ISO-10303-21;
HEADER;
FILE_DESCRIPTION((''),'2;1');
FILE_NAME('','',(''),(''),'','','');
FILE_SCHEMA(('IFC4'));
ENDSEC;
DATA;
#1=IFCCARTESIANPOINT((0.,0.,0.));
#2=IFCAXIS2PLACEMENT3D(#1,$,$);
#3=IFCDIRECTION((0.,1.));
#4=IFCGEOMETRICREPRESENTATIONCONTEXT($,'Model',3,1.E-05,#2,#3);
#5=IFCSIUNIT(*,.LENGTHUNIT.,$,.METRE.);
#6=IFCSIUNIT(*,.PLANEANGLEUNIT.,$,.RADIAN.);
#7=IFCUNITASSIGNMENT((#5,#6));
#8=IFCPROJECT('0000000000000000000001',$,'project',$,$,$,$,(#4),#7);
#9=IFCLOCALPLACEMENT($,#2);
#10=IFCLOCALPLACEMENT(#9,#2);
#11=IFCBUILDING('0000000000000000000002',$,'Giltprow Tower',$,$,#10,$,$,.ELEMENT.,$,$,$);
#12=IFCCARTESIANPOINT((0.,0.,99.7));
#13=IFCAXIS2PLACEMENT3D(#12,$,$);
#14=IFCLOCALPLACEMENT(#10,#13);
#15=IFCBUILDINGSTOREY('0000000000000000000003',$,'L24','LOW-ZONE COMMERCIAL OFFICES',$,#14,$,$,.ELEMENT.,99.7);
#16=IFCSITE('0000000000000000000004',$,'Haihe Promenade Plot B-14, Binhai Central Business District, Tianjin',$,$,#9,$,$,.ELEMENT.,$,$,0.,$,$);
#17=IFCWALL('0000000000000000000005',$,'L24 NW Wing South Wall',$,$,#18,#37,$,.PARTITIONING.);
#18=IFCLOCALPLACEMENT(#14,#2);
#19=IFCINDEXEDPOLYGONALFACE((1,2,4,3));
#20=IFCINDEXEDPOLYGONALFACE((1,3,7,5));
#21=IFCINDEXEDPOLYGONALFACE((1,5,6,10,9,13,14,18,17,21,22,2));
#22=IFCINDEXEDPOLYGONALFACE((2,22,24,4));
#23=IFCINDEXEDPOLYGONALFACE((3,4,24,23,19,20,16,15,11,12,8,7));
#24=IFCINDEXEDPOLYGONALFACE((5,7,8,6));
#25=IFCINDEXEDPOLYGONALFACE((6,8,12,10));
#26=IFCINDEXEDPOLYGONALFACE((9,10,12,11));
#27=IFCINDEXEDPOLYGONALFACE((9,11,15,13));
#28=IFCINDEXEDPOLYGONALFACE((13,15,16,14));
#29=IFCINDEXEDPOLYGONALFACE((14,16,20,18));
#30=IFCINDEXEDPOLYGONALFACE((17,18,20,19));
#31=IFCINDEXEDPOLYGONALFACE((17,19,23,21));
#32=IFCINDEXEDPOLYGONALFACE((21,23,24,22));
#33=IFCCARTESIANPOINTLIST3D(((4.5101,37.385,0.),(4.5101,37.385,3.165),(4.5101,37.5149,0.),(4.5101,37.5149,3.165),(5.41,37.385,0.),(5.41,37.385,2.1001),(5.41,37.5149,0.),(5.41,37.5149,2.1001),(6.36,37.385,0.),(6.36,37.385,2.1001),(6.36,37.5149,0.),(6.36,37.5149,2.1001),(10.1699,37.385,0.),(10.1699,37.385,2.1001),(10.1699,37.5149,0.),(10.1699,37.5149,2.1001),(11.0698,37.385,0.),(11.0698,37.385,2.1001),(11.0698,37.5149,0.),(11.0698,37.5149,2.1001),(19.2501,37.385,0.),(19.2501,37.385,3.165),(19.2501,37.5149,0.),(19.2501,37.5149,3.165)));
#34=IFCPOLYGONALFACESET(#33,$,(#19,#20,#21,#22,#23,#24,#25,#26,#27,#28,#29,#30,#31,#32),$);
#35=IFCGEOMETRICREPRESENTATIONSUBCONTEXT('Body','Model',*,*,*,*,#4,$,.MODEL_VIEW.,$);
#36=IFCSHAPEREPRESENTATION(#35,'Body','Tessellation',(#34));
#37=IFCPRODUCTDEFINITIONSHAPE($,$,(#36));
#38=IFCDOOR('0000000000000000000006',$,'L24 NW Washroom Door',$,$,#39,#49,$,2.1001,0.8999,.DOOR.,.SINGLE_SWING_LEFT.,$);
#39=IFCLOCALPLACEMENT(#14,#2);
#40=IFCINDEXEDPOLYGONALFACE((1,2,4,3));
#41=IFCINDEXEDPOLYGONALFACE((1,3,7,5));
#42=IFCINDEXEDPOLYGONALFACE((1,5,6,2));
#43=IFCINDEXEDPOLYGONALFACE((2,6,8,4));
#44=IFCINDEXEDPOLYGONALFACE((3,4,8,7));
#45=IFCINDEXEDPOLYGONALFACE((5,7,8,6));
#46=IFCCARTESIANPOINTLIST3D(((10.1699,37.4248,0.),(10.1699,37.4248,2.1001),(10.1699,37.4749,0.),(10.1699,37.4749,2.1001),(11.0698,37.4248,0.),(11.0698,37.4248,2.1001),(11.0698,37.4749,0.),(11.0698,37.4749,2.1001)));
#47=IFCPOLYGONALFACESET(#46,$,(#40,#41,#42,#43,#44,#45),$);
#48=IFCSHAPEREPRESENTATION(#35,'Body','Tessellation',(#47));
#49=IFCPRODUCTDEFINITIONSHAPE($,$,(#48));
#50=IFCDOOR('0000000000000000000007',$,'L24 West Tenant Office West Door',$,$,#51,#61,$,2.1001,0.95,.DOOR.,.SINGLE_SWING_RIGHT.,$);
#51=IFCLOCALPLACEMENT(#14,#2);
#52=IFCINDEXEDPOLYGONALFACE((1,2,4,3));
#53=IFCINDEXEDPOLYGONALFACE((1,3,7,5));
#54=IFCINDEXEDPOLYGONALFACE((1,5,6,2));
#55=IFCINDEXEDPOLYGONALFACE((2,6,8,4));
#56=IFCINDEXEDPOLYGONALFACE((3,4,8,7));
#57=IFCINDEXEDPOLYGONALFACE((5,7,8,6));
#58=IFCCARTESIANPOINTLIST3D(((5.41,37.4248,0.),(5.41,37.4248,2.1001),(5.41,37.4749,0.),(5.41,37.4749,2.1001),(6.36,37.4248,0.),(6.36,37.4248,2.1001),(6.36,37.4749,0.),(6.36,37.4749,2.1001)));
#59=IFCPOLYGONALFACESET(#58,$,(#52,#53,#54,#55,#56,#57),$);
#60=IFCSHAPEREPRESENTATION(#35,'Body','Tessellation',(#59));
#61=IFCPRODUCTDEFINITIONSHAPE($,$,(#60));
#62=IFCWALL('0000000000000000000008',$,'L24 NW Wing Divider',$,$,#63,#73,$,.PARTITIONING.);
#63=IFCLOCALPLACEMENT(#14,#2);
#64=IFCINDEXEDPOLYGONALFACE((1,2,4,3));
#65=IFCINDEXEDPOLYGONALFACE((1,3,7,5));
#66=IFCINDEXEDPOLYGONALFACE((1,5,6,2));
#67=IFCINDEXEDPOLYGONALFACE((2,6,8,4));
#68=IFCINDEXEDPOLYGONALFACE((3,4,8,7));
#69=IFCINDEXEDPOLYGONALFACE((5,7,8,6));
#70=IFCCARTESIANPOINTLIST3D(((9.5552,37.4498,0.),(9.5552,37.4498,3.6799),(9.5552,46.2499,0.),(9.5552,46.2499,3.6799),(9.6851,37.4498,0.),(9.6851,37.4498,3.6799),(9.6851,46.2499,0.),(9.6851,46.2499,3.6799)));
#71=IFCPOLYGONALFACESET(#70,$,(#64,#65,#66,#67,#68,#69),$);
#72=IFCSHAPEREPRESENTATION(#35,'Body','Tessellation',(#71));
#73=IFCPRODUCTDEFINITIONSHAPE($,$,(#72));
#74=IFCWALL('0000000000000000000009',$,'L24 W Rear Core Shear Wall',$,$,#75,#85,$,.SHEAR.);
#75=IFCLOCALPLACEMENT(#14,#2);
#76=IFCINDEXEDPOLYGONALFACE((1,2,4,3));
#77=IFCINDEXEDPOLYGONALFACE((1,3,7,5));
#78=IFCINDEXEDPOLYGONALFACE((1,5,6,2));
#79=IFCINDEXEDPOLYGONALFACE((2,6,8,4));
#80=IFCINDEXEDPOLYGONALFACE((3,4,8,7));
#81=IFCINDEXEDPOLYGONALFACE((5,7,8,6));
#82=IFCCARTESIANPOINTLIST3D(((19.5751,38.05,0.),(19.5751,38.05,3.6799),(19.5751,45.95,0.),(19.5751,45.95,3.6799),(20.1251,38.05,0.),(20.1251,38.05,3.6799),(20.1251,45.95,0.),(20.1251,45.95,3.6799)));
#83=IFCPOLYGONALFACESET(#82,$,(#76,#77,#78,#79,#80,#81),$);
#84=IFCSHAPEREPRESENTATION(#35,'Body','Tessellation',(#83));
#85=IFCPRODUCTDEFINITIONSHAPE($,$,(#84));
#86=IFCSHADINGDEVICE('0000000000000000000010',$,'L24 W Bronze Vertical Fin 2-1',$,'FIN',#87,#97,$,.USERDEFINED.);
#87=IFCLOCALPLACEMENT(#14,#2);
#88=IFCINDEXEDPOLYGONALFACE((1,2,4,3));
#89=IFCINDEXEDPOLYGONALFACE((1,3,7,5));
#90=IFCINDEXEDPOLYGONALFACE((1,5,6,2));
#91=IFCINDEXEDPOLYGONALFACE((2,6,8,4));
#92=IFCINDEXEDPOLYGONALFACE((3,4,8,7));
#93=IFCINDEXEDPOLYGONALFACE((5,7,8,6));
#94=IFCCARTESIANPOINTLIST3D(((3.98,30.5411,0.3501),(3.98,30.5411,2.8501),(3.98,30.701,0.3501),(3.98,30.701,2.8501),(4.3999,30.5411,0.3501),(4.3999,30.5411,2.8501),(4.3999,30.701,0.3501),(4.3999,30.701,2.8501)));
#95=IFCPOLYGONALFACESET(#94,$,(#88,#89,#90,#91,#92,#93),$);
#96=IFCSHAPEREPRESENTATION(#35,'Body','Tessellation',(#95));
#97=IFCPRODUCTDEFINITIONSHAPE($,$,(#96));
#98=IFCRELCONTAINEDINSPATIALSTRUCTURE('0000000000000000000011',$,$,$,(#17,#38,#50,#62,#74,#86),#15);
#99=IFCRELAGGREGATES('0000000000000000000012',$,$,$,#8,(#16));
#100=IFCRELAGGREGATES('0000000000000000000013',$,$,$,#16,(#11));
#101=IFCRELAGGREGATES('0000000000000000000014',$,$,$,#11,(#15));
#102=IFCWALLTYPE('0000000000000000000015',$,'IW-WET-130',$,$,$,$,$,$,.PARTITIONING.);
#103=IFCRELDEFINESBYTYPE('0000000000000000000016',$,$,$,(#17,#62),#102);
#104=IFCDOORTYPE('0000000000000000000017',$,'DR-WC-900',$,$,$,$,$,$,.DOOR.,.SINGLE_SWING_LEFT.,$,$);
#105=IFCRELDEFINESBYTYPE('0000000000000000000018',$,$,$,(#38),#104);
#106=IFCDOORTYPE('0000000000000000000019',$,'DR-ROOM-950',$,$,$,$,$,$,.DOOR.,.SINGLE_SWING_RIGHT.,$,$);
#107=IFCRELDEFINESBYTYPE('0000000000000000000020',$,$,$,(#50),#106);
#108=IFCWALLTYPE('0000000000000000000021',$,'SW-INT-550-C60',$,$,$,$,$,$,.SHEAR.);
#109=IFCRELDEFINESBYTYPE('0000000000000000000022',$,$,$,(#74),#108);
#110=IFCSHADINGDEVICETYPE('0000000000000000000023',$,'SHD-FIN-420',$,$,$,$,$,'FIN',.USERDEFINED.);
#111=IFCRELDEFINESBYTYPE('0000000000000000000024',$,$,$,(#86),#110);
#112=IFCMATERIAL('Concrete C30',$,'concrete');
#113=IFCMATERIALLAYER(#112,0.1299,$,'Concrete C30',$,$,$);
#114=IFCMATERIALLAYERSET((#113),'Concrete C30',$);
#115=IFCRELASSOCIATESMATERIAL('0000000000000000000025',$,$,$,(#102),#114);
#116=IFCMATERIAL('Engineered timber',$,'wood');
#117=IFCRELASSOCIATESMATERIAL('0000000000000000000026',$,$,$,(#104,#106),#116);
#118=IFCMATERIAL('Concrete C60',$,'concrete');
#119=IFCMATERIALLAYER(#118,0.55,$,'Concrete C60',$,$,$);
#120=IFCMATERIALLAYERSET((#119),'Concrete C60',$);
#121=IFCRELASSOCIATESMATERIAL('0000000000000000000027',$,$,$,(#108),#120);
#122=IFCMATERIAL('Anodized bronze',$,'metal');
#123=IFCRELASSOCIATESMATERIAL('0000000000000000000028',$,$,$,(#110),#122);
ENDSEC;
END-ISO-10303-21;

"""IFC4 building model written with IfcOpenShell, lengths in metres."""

from ifc_helpers import new_model, si_unit, direction, frame, frame_2d, origin, origin_2d, place, context, subcontext, project, spatial, rectangle, extrude, source, transform, mapped, material, layer, layer_set, type_object, element, fill, save


model = new_model("IFC4")

# Units and contexts
model_context = context("Model", 3, precision=1e-05, world=origin(), true_north=direction((0.0, 1.0)))
body_context = subcontext(model_context, "Body", "Model", "MODEL_VIEW")
ifc_project = project(units=[si_unit("LENGTHUNIT", "METRE"), si_unit("PLANEANGLEUNIT", "RADIAN")], contexts=[model_context])

# Site, building, storey
site_placement = place(None, origin())
site = spatial("IfcSite", under=ifc_project, at=site_placement, Name="Haihe Promenade Plot B-14, Binhai Central Business District, Tianjin", CompositionType="ELEMENT", RefElevation=0.0)
building_placement = place(site_placement, origin())
building = spatial("IfcBuilding", under=site, at=building_placement, Name="Giltprow Tower", CompositionType="ELEMENT")
storey_placement = place(building_placement, frame((0.0, 0.0, 99.7)))
storey = spatial("IfcBuildingStorey", under=building, at=storey_placement, Name="L24", Description="LOW-ZONE COMMERCIAL OFFICES", CompositionType="ELEMENT", Elevation=99.7)

# Shared definitions
ifc_material_1 = material(Name="Concrete C60", Category="concrete")

# Shared definitions
ifc_material_2 = material(Name="Engineered timber", Category="wood")

# Wall, openings, doors
ifc_material_3 = material(Name="Concrete C30", Category="concrete")
ifc_layer_1 = layer(ifc_material_3, 0.1299, Name="Concrete C30")
ifc_layer_set_1 = layer_set([ifc_layer_1], Name="Concrete C30")
wall_type_1 = type_object("IfcWallType", Name="IW-WET-130", PredefinedType="PARTITIONING", material=ifc_layer_set_1)
wall_1_placement = place(storey_placement, frame((4.51, 37.45, 0.0), z_axis=(0.0, 0.0, 1.0), x_axis=(1.0, 0.0, 0.0)))
wall_1 = element("IfcWall", 1, at=wall_1_placement, inside=storey, type_object=wall_type_1, Name="L24 NW Wing South Wall", PredefinedType="PARTITIONING", context=body_context, shape_type="SweptSolid", body=[
    extrude(rectangle(XDim=14.74, YDim=0.1299, at=frame_2d((7.3701, 0.0))), origin(), (0.0, 0.0, 1.0), 3.165),
])
opening_1_placement = place(wall_1_placement, frame((0.8999, 0.0, 0.0)))
opening_1 = element("IfcOpeningElement", 2, at=opening_1_placement, cuts=wall_1, PredefinedType="OPENING", context=body_context, shape_type="SweptSolid", body=[
    extrude(rectangle(XDim=0.95, YDim=2.1001, at=frame_2d((0.4751, 1.05))), frame((0.0, 0.075, 0.0), z_axis=(0.0, -1.0, 0.0), x_axis=(1.0, 0.0, 0.0)), (0.0, 0.0, 1.0), 0.1499),
])
opening_2_placement = place(wall_1_placement, frame((5.6599, 0.0, 0.0)))
opening_2 = element("IfcOpeningElement", 3, at=opening_2_placement, cuts=wall_1, PredefinedType="OPENING", context=body_context, shape_type="SweptSolid", body=[
    extrude(rectangle(XDim=0.8999, YDim=2.1001, at=frame_2d((0.45, 1.05))), frame((0.0, 0.075, 0.0), z_axis=(0.0, -1.0, 0.0), x_axis=(1.0, 0.0, 0.0)), (0.0, 0.0, 1.0), 0.1499),
])
door_type_1 = type_object("IfcDoorType", Name="DR-WC-900", OperationType="SINGLE_SWING_LEFT", PredefinedType="DOOR", material=ifc_material_2)
shared_shape_1 = source(origin(), body_context, "Body", "SweptSolid", [
    extrude(rectangle(XDim=0.8999, YDim=2.1001, at=frame_2d((0.45, 1.05))), frame((0.0, 0.0249, 0.0), z_axis=(0.0, -1.0, 0.0), x_axis=(1.0, 0.0, 0.0)), (0.0, 0.0, 1.0), 0.05),
])
door_1_placement = place(opening_2_placement, origin())
door_1 = element("IfcDoor", 4, at=door_1_placement, inside=storey, type_object=door_type_1, Name="L24 NW Washroom Door", OperationType="SINGLE_SWING_LEFT", OverallHeight=2.1001, OverallWidth=0.8999, PredefinedType="DOOR", context=body_context, shape_type="MappedRepresentation", body=[
    mapped(shared_shape_1, transform((0.0, 0.0, 0.0), x_axis=(1.0, 0.0, 0.0), y_axis=(0.0, 1.0, 0.0), z_axis=(0.0, 0.0, 1.0), scale=1.0)),
])
fill(opening_2, door_1)
door_type_2 = type_object("IfcDoorType", Name="DR-ROOM-950", OperationType="SINGLE_SWING_RIGHT", PredefinedType="DOOR", material=ifc_material_2)
shared_shape_2 = source(origin(), body_context, "Body", "SweptSolid", [
    extrude(rectangle(XDim=0.95, YDim=2.1001, at=frame_2d((0.4751, 1.05))), frame((0.0, 0.0249, 0.0), z_axis=(0.0, -1.0, 0.0), x_axis=(1.0, 0.0, 0.0)), (0.0, 0.0, 1.0), 0.05),
])
door_2_placement = place(opening_1_placement, origin())
door_2 = element("IfcDoor", 5, at=door_2_placement, inside=storey, type_object=door_type_2, Name="L24 West Tenant Office West Door", OperationType="SINGLE_SWING_RIGHT", OverallHeight=2.1001, OverallWidth=0.95, PredefinedType="DOOR", context=body_context, shape_type="MappedRepresentation", body=[
    mapped(shared_shape_2, transform((0.0, 0.0, 0.0), x_axis=(1.0, 0.0, 0.0), y_axis=(0.0, 1.0, 0.0), z_axis=(0.0, 0.0, 1.0), scale=1.0)),
])
fill(opening_1, door_2)

# Walls
wall_2_placement = place(storey_placement, frame((9.6201, 37.45, 0.0), z_axis=(0.0, 0.0, 1.0), x_axis=(0.0, 1.0, 0.0)))
element("IfcWall", 6, at=wall_2_placement, inside=storey, type_object=wall_type_1, Name="L24 NW Wing Divider", PredefinedType="PARTITIONING", context=body_context, shape_type="SweptSolid", body=[
    extrude(rectangle(XDim=8.8, YDim=0.1299, at=frame_2d((4.3999, 0.0))), origin(), (0.0, 0.0, 1.0), 3.6799),
])
ifc_layer_2 = layer(ifc_material_1, 0.55, Name="Concrete C60")
ifc_layer_set_2 = layer_set([ifc_layer_2], Name="Concrete C60")
wall_type_2 = type_object("IfcWallType", Name="SW-INT-550-C60", PredefinedType="SHEAR", material=ifc_layer_set_2)
wall_3_placement = place(storey_placement, frame((19.8501, 38.05, 0.0), z_axis=(0.0, 0.0, 1.0), x_axis=(0.0, 1.0, 0.0)))
element("IfcWall", 7, at=wall_3_placement, inside=storey, type_object=wall_type_2, Name="L24 W Rear Core Shear Wall", PredefinedType="SHEAR", context=body_context, shape_type="SweptSolid", body=[
    extrude(rectangle(XDim=7.8999, YDim=0.55, at=frame_2d((3.95, 0.0))), origin(), (0.0, 0.0, 1.0), 3.6799),
])

# Shading device
ifc_material_4 = material(Name="Anodized bronze", Category="metal")
shading_device_type = type_object("IfcShadingDeviceType", Name="SHD-FIN-420", ElementType="FIN", PredefinedType="USERDEFINED", material=ifc_material_4)
shared_shape_3 = source(origin(), body_context, "Body", "SweptSolid", [
    extrude(rectangle(XDim=0.4199, YDim=0.1599, at=origin_2d()), origin(), (0.0, 0.0, 1.0), 2.5),
])
shading_device_placement = place(storey_placement, frame((4.1899, 30.6211, 0.3501), z_axis=(0.0, 0.0, 1.0), x_axis=(1.0, 0.0, 0.0)))
element("IfcShadingDevice", 8, at=shading_device_placement, inside=storey, type_object=shading_device_type, Name="L24 W Bronze Vertical Fin 2-1", ObjectType="FIN", PredefinedType="USERDEFINED", context=body_context, shape_type="MappedRepresentation", body=[
    mapped(shared_shape_3, transform((0.0, 0.0, 0.0), x_axis=(1.0, 0.0, 0.0), y_axis=(0.0, 1.0, 0.0), z_axis=(0.0, 0.0, 1.0), scale=1.0)),
])

save(model, "model.ifc")
